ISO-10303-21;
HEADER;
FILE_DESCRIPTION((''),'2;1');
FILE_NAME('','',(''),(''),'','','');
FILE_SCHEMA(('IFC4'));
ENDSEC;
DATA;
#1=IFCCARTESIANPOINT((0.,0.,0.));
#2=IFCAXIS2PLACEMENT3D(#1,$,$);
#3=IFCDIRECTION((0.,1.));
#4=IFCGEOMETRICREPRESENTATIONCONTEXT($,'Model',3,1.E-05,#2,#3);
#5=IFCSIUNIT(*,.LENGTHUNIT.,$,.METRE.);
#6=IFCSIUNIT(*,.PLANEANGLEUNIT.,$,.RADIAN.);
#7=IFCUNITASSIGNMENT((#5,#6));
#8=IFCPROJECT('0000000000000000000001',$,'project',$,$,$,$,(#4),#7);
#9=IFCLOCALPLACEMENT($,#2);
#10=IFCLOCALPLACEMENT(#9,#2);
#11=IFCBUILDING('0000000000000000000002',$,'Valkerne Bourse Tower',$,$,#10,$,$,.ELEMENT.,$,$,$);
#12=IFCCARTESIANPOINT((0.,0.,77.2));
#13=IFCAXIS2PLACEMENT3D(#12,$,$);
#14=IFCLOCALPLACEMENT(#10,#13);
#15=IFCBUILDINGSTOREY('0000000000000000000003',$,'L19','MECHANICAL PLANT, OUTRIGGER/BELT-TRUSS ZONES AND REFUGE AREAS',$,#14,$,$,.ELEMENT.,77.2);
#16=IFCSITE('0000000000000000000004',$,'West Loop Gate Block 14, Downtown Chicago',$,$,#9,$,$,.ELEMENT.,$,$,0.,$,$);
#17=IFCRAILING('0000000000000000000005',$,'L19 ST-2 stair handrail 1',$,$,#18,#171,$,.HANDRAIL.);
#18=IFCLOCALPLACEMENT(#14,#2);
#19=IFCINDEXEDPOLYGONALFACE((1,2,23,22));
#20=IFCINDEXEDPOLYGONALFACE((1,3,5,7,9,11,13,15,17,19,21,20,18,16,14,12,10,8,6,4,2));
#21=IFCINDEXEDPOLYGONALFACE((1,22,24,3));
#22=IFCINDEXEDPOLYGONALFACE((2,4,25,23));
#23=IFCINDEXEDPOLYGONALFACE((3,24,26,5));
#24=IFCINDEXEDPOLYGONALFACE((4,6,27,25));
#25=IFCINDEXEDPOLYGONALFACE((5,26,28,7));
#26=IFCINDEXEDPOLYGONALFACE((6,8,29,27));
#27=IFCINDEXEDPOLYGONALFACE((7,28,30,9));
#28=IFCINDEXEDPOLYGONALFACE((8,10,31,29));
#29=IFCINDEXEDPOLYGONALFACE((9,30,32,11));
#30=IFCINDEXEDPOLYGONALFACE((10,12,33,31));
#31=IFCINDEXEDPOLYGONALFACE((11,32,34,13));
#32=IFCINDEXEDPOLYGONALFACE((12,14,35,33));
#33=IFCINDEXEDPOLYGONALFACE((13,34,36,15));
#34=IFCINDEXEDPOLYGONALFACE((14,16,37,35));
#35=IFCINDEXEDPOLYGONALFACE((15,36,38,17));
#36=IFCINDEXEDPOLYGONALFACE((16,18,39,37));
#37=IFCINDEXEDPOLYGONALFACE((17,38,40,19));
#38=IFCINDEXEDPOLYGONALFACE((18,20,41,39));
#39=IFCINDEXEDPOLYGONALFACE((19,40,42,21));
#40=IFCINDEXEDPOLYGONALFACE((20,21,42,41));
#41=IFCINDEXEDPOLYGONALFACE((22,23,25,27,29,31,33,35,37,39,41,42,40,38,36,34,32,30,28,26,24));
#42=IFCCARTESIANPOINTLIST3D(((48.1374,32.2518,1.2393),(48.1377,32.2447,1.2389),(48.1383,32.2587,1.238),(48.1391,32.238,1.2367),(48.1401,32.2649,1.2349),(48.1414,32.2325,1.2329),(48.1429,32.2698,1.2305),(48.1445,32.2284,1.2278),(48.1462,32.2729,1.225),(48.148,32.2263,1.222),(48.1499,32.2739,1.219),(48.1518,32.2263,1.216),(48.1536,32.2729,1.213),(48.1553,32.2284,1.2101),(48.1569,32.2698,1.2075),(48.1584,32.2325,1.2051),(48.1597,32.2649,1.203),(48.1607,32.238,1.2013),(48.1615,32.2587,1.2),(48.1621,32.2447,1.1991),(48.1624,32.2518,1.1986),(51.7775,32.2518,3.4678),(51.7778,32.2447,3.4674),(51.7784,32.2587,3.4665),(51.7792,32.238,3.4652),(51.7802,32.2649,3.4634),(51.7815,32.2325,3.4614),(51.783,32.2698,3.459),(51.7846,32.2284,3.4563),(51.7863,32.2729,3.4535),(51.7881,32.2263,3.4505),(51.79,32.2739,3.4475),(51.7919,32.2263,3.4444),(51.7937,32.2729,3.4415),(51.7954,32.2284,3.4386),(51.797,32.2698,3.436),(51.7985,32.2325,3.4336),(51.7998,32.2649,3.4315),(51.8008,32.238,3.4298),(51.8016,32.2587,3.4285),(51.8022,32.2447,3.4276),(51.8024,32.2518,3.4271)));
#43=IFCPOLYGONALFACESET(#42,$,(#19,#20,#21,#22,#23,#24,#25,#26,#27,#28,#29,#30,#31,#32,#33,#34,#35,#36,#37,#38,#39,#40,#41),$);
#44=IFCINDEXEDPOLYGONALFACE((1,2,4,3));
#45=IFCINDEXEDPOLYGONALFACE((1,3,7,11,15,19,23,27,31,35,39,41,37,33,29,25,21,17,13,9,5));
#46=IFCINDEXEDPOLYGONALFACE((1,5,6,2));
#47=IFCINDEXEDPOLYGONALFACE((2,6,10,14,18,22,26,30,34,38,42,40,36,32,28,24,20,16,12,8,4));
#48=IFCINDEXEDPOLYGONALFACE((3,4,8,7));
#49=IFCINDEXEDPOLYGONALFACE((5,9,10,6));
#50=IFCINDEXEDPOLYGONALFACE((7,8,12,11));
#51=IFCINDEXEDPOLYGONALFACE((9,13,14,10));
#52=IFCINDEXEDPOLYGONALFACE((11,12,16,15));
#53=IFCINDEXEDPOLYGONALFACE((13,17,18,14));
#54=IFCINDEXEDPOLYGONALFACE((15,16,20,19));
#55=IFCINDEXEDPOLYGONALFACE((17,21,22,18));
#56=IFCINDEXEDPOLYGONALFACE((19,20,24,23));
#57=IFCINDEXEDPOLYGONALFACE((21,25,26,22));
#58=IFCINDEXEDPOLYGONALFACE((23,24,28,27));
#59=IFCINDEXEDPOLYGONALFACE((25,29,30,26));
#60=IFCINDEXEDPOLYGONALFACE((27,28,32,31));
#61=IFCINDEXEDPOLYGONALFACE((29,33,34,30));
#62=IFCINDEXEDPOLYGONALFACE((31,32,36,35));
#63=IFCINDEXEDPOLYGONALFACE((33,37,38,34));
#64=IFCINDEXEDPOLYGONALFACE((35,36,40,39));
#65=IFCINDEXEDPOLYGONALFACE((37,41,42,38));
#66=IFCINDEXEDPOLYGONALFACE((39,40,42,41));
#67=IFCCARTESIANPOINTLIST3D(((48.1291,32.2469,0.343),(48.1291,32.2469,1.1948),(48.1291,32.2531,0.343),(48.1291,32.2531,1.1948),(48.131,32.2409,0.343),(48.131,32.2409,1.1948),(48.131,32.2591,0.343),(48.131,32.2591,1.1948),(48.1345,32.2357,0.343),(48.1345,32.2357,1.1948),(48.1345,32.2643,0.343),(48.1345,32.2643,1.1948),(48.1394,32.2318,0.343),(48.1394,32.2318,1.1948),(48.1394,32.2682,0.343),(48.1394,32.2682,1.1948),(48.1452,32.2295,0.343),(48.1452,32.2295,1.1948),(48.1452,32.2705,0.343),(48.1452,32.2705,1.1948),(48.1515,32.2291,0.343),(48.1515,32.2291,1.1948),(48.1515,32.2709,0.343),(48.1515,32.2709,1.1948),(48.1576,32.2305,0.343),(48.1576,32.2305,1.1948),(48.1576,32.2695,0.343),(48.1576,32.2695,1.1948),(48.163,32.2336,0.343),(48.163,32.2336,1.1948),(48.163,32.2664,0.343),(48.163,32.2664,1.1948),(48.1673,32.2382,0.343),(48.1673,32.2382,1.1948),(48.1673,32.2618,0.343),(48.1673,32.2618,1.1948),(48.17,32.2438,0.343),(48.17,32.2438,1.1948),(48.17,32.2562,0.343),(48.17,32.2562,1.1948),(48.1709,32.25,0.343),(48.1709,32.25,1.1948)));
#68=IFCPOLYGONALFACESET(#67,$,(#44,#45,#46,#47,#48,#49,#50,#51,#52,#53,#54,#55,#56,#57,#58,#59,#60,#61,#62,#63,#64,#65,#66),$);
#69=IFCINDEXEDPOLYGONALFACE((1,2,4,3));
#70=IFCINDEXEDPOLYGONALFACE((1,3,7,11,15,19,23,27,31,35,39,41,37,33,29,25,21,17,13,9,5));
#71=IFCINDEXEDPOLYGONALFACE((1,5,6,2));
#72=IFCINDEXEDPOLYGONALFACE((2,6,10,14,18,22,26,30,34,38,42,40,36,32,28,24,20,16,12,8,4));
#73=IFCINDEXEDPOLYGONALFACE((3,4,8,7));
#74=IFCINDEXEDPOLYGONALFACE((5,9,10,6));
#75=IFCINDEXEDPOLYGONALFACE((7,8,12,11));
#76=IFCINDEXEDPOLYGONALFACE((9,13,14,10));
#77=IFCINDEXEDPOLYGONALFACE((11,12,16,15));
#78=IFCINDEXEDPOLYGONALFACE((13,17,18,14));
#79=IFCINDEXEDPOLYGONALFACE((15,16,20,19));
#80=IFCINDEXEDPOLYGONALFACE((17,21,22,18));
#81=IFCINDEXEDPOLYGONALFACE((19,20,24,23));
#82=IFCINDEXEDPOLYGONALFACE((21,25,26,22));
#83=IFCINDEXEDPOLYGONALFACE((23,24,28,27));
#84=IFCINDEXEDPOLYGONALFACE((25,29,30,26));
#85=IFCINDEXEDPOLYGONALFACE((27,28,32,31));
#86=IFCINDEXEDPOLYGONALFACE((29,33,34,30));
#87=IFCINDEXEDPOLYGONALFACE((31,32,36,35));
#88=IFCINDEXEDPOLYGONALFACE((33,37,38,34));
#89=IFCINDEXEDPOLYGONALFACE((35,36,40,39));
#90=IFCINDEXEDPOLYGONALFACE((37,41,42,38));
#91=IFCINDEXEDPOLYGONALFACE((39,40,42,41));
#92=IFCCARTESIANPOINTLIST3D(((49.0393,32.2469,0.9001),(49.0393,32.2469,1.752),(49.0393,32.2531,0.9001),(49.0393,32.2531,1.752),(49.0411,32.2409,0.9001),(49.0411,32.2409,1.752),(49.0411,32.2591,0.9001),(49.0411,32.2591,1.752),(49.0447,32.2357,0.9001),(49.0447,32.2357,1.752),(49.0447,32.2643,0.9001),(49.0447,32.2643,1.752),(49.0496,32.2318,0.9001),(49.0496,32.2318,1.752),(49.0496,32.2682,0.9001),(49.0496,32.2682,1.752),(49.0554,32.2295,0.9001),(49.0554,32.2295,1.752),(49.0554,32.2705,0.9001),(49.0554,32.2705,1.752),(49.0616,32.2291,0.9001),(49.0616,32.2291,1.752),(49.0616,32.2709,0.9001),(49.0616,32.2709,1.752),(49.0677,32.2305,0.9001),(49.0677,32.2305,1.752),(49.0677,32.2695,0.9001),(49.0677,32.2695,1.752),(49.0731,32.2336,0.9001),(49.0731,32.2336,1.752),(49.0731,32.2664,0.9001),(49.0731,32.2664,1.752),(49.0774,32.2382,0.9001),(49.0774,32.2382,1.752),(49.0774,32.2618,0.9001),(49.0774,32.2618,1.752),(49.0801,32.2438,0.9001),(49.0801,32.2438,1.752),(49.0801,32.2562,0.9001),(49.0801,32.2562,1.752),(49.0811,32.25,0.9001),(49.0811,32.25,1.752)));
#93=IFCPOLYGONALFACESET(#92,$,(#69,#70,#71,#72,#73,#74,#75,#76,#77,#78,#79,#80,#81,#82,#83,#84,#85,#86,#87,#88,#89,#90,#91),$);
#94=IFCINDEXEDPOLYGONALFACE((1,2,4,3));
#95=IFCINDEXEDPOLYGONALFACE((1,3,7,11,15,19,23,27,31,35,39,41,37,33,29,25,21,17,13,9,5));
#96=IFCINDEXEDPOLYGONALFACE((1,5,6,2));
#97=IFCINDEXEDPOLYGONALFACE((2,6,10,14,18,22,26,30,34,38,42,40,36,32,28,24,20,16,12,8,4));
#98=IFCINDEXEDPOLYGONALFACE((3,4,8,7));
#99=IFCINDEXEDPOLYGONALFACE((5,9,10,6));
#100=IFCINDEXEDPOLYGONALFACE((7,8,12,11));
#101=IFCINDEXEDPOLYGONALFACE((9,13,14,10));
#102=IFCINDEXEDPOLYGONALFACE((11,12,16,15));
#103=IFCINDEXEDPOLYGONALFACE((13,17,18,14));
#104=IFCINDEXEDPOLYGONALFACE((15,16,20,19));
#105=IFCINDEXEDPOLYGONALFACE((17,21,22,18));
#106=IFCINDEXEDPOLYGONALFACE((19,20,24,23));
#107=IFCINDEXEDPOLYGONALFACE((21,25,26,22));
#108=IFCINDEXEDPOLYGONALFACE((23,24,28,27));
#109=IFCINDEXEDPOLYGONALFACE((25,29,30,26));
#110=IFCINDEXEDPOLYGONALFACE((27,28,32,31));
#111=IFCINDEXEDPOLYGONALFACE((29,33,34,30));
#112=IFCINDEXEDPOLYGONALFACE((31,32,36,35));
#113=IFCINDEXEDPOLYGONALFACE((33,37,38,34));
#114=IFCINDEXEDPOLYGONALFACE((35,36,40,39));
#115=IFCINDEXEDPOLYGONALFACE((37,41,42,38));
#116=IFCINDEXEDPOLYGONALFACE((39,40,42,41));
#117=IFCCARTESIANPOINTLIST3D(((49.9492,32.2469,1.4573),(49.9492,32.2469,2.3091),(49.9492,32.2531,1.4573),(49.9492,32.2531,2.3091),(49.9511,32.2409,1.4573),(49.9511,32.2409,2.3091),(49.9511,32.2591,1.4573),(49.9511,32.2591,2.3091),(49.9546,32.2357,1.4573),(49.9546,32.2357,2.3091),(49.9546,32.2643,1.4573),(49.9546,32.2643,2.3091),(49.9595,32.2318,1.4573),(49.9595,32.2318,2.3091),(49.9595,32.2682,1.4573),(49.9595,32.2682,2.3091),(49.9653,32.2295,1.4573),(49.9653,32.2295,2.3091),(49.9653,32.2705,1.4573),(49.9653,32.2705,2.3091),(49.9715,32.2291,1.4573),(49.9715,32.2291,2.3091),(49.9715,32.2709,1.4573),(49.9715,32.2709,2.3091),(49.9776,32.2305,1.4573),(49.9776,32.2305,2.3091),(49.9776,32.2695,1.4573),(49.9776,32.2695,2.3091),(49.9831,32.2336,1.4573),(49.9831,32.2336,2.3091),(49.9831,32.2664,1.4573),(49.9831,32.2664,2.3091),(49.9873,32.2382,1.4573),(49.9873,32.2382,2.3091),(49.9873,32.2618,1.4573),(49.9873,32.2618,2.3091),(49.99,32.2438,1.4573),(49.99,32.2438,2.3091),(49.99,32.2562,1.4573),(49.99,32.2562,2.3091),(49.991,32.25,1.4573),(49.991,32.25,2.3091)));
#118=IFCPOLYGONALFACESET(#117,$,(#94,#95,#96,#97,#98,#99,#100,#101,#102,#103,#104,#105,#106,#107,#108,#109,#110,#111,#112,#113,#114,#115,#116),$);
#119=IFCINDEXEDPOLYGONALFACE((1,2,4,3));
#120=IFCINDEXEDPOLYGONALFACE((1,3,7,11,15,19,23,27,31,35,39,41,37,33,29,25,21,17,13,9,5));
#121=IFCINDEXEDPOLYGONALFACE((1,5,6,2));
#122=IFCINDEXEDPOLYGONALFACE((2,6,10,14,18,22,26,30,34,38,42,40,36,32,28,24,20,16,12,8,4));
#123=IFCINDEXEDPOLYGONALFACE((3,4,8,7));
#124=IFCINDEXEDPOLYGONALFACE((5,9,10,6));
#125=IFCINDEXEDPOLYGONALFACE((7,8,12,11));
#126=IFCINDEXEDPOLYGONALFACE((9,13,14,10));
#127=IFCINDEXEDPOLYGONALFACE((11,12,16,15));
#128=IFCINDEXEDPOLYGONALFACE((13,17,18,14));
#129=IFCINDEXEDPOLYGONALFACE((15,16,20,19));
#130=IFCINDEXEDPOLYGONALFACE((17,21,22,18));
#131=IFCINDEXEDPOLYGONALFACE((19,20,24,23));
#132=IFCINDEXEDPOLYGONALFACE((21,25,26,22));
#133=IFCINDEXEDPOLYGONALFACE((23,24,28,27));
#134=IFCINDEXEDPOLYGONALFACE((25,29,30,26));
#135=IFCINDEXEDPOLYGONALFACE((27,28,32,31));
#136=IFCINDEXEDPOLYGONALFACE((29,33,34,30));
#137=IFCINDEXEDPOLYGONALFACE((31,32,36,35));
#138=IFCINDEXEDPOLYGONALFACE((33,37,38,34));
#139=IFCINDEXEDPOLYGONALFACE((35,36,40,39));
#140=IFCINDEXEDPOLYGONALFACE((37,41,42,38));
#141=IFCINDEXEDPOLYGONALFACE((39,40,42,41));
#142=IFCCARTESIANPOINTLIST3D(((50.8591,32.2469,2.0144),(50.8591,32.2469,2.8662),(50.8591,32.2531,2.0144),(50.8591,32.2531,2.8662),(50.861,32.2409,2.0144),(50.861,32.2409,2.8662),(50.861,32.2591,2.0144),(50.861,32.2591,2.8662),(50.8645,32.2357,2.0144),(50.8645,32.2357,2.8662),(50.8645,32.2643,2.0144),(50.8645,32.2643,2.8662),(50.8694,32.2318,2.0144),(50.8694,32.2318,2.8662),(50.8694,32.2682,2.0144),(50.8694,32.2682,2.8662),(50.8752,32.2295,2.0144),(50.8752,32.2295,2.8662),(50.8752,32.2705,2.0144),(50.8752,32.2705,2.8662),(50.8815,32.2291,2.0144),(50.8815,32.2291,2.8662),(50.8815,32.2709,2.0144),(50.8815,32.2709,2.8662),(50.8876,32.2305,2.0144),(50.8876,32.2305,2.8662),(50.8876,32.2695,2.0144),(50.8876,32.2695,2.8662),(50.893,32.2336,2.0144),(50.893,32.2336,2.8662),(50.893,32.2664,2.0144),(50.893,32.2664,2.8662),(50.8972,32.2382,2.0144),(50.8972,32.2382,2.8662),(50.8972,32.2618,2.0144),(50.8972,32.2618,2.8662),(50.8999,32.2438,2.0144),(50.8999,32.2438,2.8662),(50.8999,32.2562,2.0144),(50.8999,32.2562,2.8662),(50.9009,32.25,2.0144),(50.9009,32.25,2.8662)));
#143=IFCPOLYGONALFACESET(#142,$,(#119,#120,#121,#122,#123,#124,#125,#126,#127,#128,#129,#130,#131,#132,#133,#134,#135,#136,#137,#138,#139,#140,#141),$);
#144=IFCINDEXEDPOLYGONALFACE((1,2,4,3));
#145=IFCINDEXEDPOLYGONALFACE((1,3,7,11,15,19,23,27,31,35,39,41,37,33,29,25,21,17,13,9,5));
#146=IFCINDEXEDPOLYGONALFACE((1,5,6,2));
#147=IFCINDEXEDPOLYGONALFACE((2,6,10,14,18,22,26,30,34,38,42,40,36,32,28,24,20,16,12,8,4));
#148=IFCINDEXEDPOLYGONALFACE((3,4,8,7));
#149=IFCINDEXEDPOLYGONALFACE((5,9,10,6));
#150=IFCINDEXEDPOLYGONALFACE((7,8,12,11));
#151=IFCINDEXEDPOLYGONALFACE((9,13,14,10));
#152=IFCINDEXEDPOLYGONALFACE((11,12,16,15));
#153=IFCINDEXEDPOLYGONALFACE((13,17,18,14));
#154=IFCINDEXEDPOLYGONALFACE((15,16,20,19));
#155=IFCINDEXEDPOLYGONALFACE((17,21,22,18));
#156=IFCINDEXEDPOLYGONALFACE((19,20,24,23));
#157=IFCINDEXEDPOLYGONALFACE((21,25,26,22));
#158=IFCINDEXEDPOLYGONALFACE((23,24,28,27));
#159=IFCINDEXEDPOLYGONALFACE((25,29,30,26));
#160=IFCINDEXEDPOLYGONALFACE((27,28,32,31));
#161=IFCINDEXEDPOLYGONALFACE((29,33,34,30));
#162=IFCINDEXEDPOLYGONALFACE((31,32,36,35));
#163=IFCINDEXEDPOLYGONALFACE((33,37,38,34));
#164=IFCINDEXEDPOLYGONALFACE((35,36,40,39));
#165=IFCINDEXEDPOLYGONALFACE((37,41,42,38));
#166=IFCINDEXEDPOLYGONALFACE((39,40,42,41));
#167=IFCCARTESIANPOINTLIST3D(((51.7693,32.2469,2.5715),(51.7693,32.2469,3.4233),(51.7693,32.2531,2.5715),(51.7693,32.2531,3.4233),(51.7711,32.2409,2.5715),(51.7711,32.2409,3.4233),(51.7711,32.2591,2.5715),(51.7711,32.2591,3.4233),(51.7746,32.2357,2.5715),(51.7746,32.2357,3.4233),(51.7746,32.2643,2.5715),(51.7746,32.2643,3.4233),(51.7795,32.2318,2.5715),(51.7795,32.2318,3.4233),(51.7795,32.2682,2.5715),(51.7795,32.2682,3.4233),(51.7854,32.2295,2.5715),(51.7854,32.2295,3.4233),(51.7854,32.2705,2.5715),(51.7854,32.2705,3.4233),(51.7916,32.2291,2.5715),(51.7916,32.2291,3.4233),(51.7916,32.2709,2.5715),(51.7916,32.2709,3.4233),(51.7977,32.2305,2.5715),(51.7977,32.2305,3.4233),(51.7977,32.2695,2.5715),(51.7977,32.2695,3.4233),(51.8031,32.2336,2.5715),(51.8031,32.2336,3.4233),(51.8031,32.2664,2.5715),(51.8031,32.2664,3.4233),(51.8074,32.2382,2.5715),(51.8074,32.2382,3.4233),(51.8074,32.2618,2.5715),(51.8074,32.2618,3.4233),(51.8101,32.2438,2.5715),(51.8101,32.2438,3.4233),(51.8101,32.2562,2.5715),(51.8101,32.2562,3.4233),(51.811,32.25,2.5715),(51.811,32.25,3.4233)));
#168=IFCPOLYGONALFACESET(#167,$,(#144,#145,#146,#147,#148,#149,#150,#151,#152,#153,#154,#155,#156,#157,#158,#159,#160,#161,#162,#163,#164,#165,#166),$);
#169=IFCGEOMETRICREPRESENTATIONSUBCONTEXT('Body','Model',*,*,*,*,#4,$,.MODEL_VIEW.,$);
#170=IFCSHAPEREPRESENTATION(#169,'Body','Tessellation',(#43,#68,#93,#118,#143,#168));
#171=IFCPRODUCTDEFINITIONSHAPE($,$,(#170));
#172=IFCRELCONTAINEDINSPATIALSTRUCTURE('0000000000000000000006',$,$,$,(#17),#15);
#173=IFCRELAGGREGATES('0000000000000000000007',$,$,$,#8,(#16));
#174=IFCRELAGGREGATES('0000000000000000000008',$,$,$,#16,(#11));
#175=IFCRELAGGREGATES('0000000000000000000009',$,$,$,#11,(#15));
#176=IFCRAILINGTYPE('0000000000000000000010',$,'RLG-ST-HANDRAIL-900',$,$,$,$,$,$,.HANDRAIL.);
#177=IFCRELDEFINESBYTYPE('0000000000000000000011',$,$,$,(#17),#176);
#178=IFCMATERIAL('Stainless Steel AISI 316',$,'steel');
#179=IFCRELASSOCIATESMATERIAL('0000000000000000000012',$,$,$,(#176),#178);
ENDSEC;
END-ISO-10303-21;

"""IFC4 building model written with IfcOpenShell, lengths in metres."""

from ifc_helpers import new_model, si_unit, direction, frame, origin, origin_2d, place, context, subcontext, project, spatial, circle, extrude, material, type_object, element, save


model = new_model("IFC4")

# Units and contexts
model_context = context("Model", 3, precision=1e-05, world=origin(), true_north=direction((0.0, 1.0)))
body_context = subcontext(model_context, "Body", "Model", "MODEL_VIEW")
ifc_project = project(units=[si_unit("LENGTHUNIT", "METRE"), si_unit("PLANEANGLEUNIT", "RADIAN")], contexts=[model_context])

# Site, building, storey
site_placement = place(None, origin())
site = spatial("IfcSite", under=ifc_project, at=site_placement, Name="West Loop Gate Block 14, Downtown Chicago", CompositionType="ELEMENT", RefElevation=0.0)
building_placement = place(site_placement, origin())
building = spatial("IfcBuilding", under=site, at=building_placement, Name="Valkerne Bourse Tower", CompositionType="ELEMENT")
storey_placement = place(building_placement, frame((0.0, 0.0, 77.2)))
storey = spatial("IfcBuildingStorey", under=building, at=storey_placement, Name="L19", Description="MECHANICAL PLANT, OUTRIGGER/BELT-TRUSS ZONES AND REFUGE AREAS", CompositionType="ELEMENT", Elevation=77.2)

# Shared definitions
ifc_material_1 = material(Name="Stainless Steel AISI 316", Category="steel")

# Railing
railing_type_1 = type_object("IfcRailingType", Name="RLG-ST-HANDRAIL-900", PredefinedType="HANDRAIL", material=ifc_material_1)
railing_1_placement = place(storey_placement, frame((48.1499, 32.25, 0.343)))
element("IfcRailing", 1, at=railing_1_placement, inside=storey, type_object=railing_type_1, Name="L19 ST-2 stair handrail 1", PredefinedType="HANDRAIL", context=body_context, shape_type="SweptSolid", body=[
    extrude(circle(Radius=0.0239, at=origin_2d()), frame((0.0, 0.0, 0.876), z_axis=(0.852866, 0.0, 0.52213), x_axis=(0.0, 1.0, 0.0)), (0.0, 0.0, 1.0), 4.2681),
    extrude(circle(Radius=0.021, at=origin_2d()), origin(), (0.0, 0.0, 1.0), 0.8518),
    extrude(circle(Radius=0.021, at=origin_2d()), frame((0.9102, 0.0, 0.5571)), (0.0, 0.0, 1.0), 0.8518),
    extrude(circle(Radius=0.021, at=origin_2d()), frame((1.8201, 0.0, 1.1143)), (0.0, 0.0, 1.0), 0.8518),
    extrude(circle(Radius=0.021, at=origin_2d()), frame((2.73, 0.0, 1.6714)), (0.0, 0.0, 1.0), 0.8518),
    extrude(circle(Radius=0.021, at=origin_2d()), frame((3.6401, 0.0, 2.2285)), (0.0, 0.0, 1.0), 0.8518),
])

save(model, "model.ifc")
